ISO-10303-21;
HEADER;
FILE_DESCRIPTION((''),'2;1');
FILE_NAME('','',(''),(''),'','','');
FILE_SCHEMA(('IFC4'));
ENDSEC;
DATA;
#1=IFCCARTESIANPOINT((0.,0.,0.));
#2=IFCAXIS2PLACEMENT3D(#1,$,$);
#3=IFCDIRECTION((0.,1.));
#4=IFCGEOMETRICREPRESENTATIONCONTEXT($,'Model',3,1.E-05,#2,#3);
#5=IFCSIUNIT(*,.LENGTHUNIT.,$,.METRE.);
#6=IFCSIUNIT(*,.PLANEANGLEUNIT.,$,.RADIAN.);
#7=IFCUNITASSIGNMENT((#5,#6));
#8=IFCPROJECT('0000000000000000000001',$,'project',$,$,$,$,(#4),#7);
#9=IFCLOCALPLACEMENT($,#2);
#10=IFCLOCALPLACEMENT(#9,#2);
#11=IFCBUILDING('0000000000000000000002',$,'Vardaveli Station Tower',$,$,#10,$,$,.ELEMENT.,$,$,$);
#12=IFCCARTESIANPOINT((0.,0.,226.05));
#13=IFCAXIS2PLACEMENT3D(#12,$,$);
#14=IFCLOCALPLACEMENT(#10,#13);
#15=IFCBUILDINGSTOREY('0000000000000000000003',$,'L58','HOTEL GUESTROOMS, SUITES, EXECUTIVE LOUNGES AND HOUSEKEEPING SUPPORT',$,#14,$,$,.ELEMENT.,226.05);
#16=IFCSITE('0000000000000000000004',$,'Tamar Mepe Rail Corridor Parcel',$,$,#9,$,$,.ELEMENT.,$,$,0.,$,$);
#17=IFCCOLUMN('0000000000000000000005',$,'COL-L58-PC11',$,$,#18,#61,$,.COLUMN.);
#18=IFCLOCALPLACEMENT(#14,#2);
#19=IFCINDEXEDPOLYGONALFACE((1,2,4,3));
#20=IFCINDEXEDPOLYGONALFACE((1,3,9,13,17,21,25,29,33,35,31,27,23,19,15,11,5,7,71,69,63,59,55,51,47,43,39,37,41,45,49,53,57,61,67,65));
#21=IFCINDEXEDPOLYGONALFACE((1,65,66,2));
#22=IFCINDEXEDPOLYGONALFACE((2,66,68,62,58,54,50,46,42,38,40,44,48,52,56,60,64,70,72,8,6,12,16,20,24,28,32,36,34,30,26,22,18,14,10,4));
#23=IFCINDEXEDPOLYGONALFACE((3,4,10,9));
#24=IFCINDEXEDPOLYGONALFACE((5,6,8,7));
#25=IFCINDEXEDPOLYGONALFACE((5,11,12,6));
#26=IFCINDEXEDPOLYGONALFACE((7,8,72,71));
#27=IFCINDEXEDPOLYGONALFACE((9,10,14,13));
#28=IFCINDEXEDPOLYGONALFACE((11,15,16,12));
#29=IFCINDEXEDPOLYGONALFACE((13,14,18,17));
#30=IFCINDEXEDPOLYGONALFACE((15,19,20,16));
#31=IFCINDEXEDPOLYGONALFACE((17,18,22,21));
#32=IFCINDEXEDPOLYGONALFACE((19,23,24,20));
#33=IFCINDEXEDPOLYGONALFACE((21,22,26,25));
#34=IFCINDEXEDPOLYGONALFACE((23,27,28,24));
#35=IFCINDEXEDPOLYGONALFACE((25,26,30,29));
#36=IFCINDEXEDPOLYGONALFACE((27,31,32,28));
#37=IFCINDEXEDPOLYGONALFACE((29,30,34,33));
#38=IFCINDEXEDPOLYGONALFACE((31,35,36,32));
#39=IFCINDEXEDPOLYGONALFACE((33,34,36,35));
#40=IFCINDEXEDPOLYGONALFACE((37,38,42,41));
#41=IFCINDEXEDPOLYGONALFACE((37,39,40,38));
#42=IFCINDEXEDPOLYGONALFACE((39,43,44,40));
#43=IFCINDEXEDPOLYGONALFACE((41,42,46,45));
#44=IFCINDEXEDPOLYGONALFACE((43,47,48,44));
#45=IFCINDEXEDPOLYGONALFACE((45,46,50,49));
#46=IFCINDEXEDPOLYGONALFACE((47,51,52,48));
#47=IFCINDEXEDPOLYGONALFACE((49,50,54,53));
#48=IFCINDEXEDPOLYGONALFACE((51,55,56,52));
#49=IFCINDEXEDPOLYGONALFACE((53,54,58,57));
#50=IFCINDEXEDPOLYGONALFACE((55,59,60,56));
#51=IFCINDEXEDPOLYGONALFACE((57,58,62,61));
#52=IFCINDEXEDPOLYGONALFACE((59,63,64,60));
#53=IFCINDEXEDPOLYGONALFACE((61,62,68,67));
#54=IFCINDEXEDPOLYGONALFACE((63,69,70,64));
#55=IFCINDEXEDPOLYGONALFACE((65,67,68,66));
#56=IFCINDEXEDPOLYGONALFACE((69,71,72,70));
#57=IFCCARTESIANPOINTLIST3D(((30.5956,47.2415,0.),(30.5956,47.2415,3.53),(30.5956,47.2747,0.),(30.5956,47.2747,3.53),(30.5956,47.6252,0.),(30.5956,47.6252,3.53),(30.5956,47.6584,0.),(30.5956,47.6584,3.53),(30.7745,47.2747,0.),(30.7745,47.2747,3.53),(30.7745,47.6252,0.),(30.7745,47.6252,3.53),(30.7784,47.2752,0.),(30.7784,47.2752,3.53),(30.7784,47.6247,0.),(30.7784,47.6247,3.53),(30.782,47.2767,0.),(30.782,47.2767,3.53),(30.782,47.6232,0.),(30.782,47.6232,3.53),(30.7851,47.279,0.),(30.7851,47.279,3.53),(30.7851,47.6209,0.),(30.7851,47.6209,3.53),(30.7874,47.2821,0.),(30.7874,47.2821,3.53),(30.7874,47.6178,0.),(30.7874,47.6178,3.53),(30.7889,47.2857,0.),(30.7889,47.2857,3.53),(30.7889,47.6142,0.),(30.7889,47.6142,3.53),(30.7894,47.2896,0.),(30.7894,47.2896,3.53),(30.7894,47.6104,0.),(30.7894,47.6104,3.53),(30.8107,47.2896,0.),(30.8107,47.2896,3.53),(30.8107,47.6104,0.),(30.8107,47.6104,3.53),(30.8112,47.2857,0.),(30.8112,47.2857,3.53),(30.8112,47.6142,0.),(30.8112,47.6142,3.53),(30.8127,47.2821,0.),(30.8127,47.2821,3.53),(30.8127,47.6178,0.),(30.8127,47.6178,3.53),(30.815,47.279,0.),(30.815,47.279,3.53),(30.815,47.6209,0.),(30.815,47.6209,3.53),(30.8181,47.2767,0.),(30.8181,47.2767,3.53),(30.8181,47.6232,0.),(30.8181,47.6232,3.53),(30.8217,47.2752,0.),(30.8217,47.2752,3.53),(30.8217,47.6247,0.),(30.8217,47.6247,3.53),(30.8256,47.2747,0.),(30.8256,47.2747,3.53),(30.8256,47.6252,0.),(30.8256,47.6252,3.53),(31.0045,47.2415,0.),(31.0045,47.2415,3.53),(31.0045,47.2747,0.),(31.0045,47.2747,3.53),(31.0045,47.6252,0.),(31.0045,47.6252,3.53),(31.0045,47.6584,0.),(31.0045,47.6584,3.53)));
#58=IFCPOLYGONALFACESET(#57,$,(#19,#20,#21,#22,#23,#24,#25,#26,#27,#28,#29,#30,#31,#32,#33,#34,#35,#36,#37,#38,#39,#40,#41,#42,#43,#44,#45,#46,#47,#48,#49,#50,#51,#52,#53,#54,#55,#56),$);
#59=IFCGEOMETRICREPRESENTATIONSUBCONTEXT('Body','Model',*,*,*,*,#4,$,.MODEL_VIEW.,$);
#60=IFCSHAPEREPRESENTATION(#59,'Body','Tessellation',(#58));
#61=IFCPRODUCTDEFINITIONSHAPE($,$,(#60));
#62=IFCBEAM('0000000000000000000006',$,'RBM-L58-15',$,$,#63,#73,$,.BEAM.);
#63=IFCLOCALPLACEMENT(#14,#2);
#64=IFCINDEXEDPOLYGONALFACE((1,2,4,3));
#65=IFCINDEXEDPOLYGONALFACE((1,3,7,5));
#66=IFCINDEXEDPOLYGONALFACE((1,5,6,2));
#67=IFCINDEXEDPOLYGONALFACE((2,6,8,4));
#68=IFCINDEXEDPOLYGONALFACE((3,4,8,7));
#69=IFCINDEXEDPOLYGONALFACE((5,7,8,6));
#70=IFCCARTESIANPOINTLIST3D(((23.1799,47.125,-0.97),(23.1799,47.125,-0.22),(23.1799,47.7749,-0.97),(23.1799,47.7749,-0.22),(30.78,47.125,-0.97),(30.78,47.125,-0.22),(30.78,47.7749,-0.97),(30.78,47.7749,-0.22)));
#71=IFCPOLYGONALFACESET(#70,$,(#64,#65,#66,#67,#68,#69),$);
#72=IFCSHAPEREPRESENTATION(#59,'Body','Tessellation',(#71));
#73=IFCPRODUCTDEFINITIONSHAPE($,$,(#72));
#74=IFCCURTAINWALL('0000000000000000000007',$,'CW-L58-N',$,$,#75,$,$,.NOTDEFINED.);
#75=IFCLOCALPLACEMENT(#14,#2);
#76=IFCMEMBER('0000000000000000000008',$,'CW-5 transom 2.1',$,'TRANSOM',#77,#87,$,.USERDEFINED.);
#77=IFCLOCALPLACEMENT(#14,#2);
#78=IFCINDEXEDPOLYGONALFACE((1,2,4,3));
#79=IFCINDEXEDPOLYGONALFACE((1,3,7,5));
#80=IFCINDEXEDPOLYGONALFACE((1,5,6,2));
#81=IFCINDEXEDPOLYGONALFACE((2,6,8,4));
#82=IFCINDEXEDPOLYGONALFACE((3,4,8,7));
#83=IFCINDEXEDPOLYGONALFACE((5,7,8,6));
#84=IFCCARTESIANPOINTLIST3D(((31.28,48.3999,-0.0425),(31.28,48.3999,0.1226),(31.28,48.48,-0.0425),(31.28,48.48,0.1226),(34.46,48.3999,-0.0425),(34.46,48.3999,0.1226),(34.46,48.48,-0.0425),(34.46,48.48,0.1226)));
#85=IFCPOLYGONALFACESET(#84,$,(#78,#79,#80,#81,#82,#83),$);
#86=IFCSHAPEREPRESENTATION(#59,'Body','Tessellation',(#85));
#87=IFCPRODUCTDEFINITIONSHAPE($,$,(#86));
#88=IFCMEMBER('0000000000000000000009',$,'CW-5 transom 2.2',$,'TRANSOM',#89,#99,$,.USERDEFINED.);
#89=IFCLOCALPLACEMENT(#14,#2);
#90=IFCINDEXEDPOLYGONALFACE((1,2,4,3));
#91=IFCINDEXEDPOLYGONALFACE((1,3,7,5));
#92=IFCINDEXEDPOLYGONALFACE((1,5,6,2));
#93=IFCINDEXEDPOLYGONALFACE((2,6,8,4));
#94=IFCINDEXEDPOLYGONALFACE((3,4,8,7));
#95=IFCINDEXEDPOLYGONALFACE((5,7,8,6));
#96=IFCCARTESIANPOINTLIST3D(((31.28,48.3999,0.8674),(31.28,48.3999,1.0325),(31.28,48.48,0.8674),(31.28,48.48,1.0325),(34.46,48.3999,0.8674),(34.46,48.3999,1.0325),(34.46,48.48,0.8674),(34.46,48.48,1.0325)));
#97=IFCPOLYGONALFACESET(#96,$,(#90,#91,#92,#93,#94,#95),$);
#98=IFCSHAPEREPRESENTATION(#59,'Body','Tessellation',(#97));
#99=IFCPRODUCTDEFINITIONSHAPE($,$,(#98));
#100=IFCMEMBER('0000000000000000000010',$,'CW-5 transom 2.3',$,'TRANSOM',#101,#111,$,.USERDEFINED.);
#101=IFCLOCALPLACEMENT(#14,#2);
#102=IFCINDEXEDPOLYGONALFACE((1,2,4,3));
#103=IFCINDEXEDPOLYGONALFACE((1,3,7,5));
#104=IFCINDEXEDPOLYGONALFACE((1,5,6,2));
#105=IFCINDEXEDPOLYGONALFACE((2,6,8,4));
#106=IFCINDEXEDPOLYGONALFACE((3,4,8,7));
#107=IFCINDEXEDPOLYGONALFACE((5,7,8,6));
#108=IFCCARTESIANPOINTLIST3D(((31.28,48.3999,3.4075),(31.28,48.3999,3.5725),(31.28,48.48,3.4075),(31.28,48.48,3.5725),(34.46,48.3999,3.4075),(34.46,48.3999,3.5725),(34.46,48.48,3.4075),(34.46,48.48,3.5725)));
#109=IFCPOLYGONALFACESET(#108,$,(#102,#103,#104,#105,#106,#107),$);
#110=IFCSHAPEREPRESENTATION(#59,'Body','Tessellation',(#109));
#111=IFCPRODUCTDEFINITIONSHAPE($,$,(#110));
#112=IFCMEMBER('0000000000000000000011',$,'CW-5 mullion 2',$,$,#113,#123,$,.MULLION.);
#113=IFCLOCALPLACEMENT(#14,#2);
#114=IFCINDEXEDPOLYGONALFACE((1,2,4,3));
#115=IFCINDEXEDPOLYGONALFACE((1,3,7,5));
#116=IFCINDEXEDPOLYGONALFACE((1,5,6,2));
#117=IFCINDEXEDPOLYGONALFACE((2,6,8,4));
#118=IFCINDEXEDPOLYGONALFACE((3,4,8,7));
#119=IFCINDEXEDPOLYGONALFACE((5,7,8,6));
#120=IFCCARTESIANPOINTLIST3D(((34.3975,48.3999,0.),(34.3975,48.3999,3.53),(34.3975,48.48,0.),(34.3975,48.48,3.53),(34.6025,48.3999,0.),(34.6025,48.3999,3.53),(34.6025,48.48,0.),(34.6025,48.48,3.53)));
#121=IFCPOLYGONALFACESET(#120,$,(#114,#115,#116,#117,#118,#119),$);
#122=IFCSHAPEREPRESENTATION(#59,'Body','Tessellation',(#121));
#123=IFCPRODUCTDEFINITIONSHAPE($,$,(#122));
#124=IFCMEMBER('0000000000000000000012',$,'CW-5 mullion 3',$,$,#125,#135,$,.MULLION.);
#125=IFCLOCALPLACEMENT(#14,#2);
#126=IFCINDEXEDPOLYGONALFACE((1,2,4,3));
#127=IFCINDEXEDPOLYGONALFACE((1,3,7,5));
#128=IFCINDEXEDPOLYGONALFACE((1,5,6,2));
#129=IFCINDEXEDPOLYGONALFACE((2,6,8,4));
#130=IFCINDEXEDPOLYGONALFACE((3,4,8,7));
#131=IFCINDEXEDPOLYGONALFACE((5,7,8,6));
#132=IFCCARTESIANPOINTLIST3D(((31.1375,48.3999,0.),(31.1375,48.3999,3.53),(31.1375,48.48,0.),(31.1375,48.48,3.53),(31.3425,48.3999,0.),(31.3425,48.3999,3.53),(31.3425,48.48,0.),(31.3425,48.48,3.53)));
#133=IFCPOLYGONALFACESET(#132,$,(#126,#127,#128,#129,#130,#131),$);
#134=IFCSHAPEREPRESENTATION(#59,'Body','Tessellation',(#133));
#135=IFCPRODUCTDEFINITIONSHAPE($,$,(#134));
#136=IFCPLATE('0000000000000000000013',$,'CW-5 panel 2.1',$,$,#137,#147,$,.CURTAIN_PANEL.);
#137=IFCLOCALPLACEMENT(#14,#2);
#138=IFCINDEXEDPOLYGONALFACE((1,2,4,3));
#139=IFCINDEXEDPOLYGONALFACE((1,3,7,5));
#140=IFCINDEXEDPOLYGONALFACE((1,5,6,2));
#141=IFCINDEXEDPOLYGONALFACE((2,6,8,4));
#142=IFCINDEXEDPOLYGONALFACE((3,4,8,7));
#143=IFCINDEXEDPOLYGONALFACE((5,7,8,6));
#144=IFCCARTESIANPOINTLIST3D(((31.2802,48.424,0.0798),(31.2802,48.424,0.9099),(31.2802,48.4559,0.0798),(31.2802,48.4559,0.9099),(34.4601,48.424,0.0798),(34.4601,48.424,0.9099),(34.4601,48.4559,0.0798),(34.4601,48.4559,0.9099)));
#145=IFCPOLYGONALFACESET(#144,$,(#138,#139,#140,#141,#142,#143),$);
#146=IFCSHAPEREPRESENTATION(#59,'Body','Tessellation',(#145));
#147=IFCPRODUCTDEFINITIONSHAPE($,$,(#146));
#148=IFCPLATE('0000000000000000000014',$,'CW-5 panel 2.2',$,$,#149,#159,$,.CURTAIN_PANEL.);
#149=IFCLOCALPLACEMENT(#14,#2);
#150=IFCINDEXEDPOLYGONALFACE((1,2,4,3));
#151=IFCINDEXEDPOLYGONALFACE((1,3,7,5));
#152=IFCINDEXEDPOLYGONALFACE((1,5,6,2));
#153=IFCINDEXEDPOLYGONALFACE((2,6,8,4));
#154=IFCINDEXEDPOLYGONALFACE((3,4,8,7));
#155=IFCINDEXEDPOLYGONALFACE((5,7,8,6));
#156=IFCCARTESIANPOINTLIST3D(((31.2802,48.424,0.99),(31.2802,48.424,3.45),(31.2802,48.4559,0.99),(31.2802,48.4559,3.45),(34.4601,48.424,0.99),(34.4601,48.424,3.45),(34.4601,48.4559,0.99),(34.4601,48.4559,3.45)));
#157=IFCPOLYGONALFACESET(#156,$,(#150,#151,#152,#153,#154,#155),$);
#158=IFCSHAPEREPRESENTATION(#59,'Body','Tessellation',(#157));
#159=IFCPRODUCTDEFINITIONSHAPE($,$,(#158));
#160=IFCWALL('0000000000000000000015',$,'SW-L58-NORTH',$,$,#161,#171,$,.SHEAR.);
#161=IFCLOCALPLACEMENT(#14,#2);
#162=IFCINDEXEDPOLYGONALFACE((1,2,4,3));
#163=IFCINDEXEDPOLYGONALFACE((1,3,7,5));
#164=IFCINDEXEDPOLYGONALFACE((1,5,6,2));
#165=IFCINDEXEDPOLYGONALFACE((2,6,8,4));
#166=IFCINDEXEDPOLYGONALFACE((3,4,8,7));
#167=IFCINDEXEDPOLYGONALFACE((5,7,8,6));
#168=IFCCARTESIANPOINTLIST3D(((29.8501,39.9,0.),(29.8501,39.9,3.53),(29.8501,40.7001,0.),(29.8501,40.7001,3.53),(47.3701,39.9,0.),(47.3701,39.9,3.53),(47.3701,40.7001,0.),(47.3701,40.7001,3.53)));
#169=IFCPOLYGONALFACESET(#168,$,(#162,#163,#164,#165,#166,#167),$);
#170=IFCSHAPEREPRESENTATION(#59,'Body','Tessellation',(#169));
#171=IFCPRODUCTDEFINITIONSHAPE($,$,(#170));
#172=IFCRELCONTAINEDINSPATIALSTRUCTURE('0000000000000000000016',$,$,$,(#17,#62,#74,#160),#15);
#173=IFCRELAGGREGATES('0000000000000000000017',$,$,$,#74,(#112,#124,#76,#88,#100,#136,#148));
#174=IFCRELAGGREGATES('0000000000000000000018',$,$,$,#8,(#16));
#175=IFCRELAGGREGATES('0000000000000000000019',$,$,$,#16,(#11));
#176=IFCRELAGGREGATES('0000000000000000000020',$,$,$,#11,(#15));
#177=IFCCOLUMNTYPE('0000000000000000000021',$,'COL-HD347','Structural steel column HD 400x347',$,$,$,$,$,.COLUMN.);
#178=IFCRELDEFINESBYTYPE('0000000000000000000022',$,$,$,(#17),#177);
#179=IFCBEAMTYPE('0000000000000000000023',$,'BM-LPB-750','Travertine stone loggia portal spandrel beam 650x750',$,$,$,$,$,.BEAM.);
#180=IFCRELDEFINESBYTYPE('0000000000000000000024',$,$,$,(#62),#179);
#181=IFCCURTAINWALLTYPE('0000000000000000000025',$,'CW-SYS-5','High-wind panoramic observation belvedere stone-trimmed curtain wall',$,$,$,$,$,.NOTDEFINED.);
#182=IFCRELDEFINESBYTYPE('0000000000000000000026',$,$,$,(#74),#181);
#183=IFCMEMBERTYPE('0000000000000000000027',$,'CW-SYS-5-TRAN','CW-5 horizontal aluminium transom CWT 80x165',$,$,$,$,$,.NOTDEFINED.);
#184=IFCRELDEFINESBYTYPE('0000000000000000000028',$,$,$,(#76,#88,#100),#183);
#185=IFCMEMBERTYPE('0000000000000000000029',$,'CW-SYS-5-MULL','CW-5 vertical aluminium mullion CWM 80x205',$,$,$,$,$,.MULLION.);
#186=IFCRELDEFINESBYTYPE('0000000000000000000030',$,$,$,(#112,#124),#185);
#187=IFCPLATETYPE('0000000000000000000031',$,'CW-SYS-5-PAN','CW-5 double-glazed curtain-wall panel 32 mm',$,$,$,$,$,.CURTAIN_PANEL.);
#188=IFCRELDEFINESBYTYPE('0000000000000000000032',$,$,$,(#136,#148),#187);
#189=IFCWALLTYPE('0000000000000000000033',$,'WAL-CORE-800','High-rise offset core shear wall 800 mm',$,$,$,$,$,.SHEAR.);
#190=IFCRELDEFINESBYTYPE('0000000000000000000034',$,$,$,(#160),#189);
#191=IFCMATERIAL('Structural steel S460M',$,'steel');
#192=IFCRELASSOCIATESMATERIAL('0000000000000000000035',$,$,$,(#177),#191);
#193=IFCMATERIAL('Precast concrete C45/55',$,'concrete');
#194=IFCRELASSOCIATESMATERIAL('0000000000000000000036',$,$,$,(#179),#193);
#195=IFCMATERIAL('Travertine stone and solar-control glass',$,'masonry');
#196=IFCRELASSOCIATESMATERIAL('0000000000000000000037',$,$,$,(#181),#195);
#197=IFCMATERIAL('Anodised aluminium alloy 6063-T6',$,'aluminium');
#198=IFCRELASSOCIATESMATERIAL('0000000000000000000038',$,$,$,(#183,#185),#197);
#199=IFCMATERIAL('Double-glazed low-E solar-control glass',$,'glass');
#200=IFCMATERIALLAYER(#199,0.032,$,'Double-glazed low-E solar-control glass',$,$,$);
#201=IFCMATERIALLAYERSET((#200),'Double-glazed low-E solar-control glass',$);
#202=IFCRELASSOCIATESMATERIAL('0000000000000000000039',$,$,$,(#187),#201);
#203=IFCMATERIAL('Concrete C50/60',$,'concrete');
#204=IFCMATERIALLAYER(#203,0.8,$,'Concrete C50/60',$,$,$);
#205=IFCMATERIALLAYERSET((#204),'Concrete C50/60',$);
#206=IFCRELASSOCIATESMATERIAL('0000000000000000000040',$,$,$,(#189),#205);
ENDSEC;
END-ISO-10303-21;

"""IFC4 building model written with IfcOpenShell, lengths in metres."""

from ifc_helpers import new_model, si_unit, direction, frame, frame_2d, origin, origin_2d, place, context, subcontext, project, spatial, rectangle, i_section, extrude, source, transform, mapped, material, layer, layer_set, material_profile, profile_set, type_object, element, aggregate, save


model = new_model("IFC4")

# Units and contexts
model_context = context("Model", 3, precision=1e-05, world=origin(), true_north=direction((0.0, 1.0)))
body_context = subcontext(model_context, "Body", "Model", "MODEL_VIEW")
ifc_project = project(units=[si_unit("LENGTHUNIT", "METRE"), si_unit("PLANEANGLEUNIT", "RADIAN")], contexts=[model_context])

# Site, building, storey
site_placement = place(None, origin())
site = spatial("IfcSite", under=ifc_project, at=site_placement, Name="Tamar Mepe Rail Corridor Parcel", CompositionType="ELEMENT", RefElevation=0.0)
building_placement = place(site_placement, origin())
building = spatial("IfcBuilding", under=site, at=building_placement, Name="Vardaveli Station Tower", CompositionType="ELEMENT")
storey_placement = place(building_placement, frame((0.0, 0.0, 226.05)))
storey = spatial("IfcBuildingStorey", under=building, at=storey_placement, Name="L58", Description="HOTEL GUESTROOMS, SUITES, EXECUTIVE LOUNGES AND HOUSEKEEPING SUPPORT", CompositionType="ELEMENT", Elevation=226.05)

# Column
ifc_material_1 = material(Name="Structural steel S460M", Category="steel")
ifc_material_profile_1 = material_profile(ifc_material_1, i_section(OverallWidth=0.4089, OverallDepth=0.417, WebThickness=0.0212, FlangeThickness=0.0332, FilletRadius=0.0149, at=origin_2d()), Name="HD 400x347")
ifc_profile_set_1 = profile_set([ifc_material_profile_1], Name="Structural steel S460M")
column_type = type_object("IfcColumnType", Name="COL-HD347", Description="Structural steel column HD 400x347", PredefinedType="COLUMN", material=ifc_profile_set_1)
shared_shape_1 = source(origin(), body_context, "Body", "SweptSolid", [
    extrude(i_section(OverallWidth=0.4089, OverallDepth=0.417, WebThickness=0.0212, FlangeThickness=0.0332, FilletRadius=0.0149, at=origin_2d()), origin(), (0.0, 0.0, 1.0), 3.53),
])
column_placement = place(storey_placement, frame((30.8, 47.45, 0.0), z_axis=(0.0, 0.0, 1.0), x_axis=(1.0, 0.0, 0.0)))
element("IfcColumn", 1, at=column_placement, inside=storey, type_object=column_type, Name="COL-L58-PC11", PredefinedType="COLUMN", context=body_context, shape_type="MappedRepresentation", body=[
    mapped(shared_shape_1, transform((0.0, 0.0, 0.0), scale=1.0)),
])

# Beam
ifc_material_2 = material(Name="Precast concrete C45/55", Category="concrete")
ifc_material_profile_2 = material_profile(ifc_material_2, rectangle(XDim=0.6499, YDim=0.75, at=origin_2d()), Name="LPB 650x750")
ifc_profile_set_2 = profile_set([ifc_material_profile_2], Name="Precast concrete C45/55")
beam_type = type_object("IfcBeamType", Name="BM-LPB-750", Description="Travertine stone loggia portal spandrel beam 650x750", PredefinedType="BEAM", material=ifc_profile_set_2)
shared_shape_2 = source(origin(), body_context, "Body", "SweptSolid", [
    extrude(rectangle(XDim=0.6499, YDim=0.75, at=origin_2d()), origin(), (0.0, 0.0, 1.0), 7.6001),
])
beam_placement = place(storey_placement, frame((30.78, 47.45, -0.595), z_axis=(-1.0, 0.0, 0.0), x_axis=(0.0, -1.0, 0.0)))
element("IfcBeam", 2, at=beam_placement, inside=storey, type_object=beam_type, Name="RBM-L58-15", PredefinedType="BEAM", context=body_context, shape_type="MappedRepresentation", body=[
    mapped(shared_shape_2, transform((0.0, 0.0, 0.0), scale=1.0)),
])

# Curtain wall, members, plates
ifc_material_3 = material(Name="Travertine stone and solar-control glass", Category="masonry")
curtain_wall_type = type_object("IfcCurtainWallType", Name="CW-SYS-5", Description="High-wind panoramic observation belvedere stone-trimmed curtain wall", PredefinedType="NOTDEFINED", material=ifc_material_3)
curtain_wall_placement = place(storey_placement, origin())
curtain_wall = element("IfcCurtainWall", 3, at=curtain_wall_placement, inside=storey, type_object=curtain_wall_type, Name="CW-L58-N", PredefinedType="NOTDEFINED")
ifc_material_4 = material(Name="Anodised aluminium alloy 6063-T6", Category="aluminium")
ifc_material_profile_3 = material_profile(ifc_material_4, rectangle(XDim=0.0801, YDim=0.165, at=origin_2d()), Name="CWT 80x165")
ifc_profile_set_3 = profile_set([ifc_material_profile_3], Name="Anodised aluminium alloy 6063-T6")
member_type_1 = type_object("IfcMemberType", Name="CW-SYS-5-TRAN", Description="CW-5 horizontal aluminium transom CWT 80x165", PredefinedType="NOTDEFINED", material=ifc_profile_set_3)
shared_shape_3 = source(origin(), body_context, "Body", "SweptSolid", [
    extrude(rectangle(XDim=0.0801, YDim=0.165, at=origin_2d()), origin(), (0.0, 0.0, 1.0), 3.1799),
])
member_1_placement = place(storey_placement, frame((34.46, 48.4399, 0.04), z_axis=(-1.0, 0.0, 0.0), x_axis=(0.0, -1.0, 0.0)))
member_1 = element("IfcMember", 4, at=member_1_placement, type_object=member_type_1, Name="CW-5 transom 2.1", ObjectType="TRANSOM", PredefinedType="USERDEFINED", context=body_context, shape_type="MappedRepresentation", body=[
    mapped(shared_shape_3, transform((0.0, 0.0, 0.0), scale=1.0)),
])
member_2_placement = place(storey_placement, frame((34.46, 48.4399, 0.95), z_axis=(-1.0, 0.0, 0.0), x_axis=(0.0, -1.0, 0.0)))
member_2 = element("IfcMember", 5, at=member_2_placement, type_object=member_type_1, Name="CW-5 transom 2.2", ObjectType="TRANSOM", PredefinedType="USERDEFINED", context=body_context, shape_type="MappedRepresentation", body=[
    mapped(shared_shape_3, transform((0.0, 0.0, 0.0), scale=1.0)),
])
member_3_placement = place(storey_placement, frame((34.46, 48.4399, 3.49), z_axis=(-1.0, 0.0, 0.0), x_axis=(0.0, -1.0, 0.0)))
member_3 = element("IfcMember", 6, at=member_3_placement, type_object=member_type_1, Name="CW-5 transom 2.3", ObjectType="TRANSOM", PredefinedType="USERDEFINED", context=body_context, shape_type="MappedRepresentation", body=[
    mapped(shared_shape_3, transform((0.0, 0.0, 0.0), scale=1.0)),
])
ifc_material_profile_4 = material_profile(ifc_material_4, rectangle(XDim=0.0801, YDim=0.2051, at=origin_2d()), Name="CWM 80x205")
ifc_profile_set_4 = profile_set([ifc_material_profile_4], Name="Anodised aluminium alloy 6063-T6")
member_type_2 = type_object("IfcMemberType", Name="CW-SYS-5-MULL", Description="CW-5 vertical aluminium mullion CWM 80x205", PredefinedType="MULLION", material=ifc_profile_set_4)
shared_shape_4 = source(origin(), body_context, "Body", "SweptSolid", [
    extrude(rectangle(XDim=0.0801, YDim=0.2051, at=origin_2d()), origin(), (0.0, 0.0, 1.0), 3.53),
])
member_4_placement = place(storey_placement, frame((34.5, 48.4399, 0.0), z_axis=(0.0, 0.0, 1.0), x_axis=(0.0, -1.0, 0.0)))
member_4 = element("IfcMember", 7, at=member_4_placement, type_object=member_type_2, Name="CW-5 mullion 2", PredefinedType="MULLION", context=body_context, shape_type="MappedRepresentation", body=[
    mapped(shared_shape_4, transform((0.0, 0.0, 0.0), scale=1.0)),
])
member_5_placement = place(storey_placement, frame((31.24, 48.4399, 0.0), z_axis=(0.0, 0.0, 1.0), x_axis=(0.0, -1.0, 0.0)))
member_5 = element("IfcMember", 8, at=member_5_placement, type_object=member_type_2, Name="CW-5 mullion 3", PredefinedType="MULLION", context=body_context, shape_type="MappedRepresentation", body=[
    mapped(shared_shape_4, transform((0.0, 0.0, 0.0), scale=1.0)),
])
ifc_material_5 = material(Name="Double-glazed low-E solar-control glass", Category="glass")
ifc_layer_1 = layer(ifc_material_5, 0.032, Name="Double-glazed low-E solar-control glass")
ifc_layer_set_1 = layer_set([ifc_layer_1], Name="Double-glazed low-E solar-control glass")
plate_type = type_object("IfcPlateType", Name="CW-SYS-5-PAN", Description="CW-5 double-glazed curtain-wall panel 32 mm", PredefinedType="CURTAIN_PANEL", material=ifc_layer_set_1)
shared_shape_5 = source(origin(), body_context, "Body", "SweptSolid", [
    extrude(rectangle(XDim=3.1799, YDim=0.032, at=origin_2d()), origin(), (0.0, 0.0, 1.0), 0.8301),
])
plate_1_placement = place(storey_placement, frame((32.8701, 48.4399, 0.0798), z_axis=(0.0, 0.0, 1.0), x_axis=(-1.0, 0.0, 0.0)))
plate_1 = element("IfcPlate", 9, at=plate_1_placement, type_object=plate_type, Name="CW-5 panel 2.1", PredefinedType="CURTAIN_PANEL", context=body_context, shape_type="MappedRepresentation", body=[
    mapped(shared_shape_5, transform((0.0, 0.0, 0.0), scale=1.0)),
])
shared_shape_6 = source(origin(), body_context, "Body", "SweptSolid", [
    extrude(rectangle(XDim=3.1799, YDim=0.032, at=origin_2d()), origin(), (0.0, 0.0, 1.0), 2.46),
])
plate_2_placement = place(storey_placement, frame((32.8701, 48.4399, 0.99), z_axis=(0.0, 0.0, 1.0), x_axis=(-1.0, 0.0, 0.0)))
plate_2 = element("IfcPlate", 10, at=plate_2_placement, type_object=plate_type, Name="CW-5 panel 2.2", PredefinedType="CURTAIN_PANEL", context=body_context, shape_type="MappedRepresentation", body=[
    mapped(shared_shape_6, transform((0.0, 0.0, 0.0), scale=1.0)),
])
aggregate(curtain_wall, [member_4, member_5, member_1, member_2, member_3, plate_1, plate_2])

# Wall
ifc_material_6 = material(Name="Concrete C50/60", Category="concrete")
ifc_layer_2 = layer(ifc_material_6, 0.8, Name="Concrete C50/60")
ifc_layer_set_2 = layer_set([ifc_layer_2], Name="Concrete C50/60")
wall_type_1 = type_object("IfcWallType", Name="WAL-CORE-800", Description="High-rise offset core shear wall 800 mm", PredefinedType="SHEAR", material=ifc_layer_set_2)
shared_shape_7 = source(origin(), body_context, "Body", "SweptSolid", [
    extrude(rectangle(XDim=17.52, YDim=0.8, at=frame_2d((8.76, 0.0))), origin(), (0.0, 0.0, 1.0), 3.53),
])
wall_1_placement = place(storey_placement, frame((29.8501, 40.3, 0.0), z_axis=(0.0, 0.0, 1.0), x_axis=(1.0, 0.0, 0.0)))
element("IfcWall", 11, at=wall_1_placement, inside=storey, type_object=wall_type_1, Name="SW-L58-NORTH", PredefinedType="SHEAR", context=body_context, shape_type="MappedRepresentation", body=[
    mapped(shared_shape_7, transform((0.0, 0.0, 0.0), scale=1.0)),
])

save(model, "model.ifc")
